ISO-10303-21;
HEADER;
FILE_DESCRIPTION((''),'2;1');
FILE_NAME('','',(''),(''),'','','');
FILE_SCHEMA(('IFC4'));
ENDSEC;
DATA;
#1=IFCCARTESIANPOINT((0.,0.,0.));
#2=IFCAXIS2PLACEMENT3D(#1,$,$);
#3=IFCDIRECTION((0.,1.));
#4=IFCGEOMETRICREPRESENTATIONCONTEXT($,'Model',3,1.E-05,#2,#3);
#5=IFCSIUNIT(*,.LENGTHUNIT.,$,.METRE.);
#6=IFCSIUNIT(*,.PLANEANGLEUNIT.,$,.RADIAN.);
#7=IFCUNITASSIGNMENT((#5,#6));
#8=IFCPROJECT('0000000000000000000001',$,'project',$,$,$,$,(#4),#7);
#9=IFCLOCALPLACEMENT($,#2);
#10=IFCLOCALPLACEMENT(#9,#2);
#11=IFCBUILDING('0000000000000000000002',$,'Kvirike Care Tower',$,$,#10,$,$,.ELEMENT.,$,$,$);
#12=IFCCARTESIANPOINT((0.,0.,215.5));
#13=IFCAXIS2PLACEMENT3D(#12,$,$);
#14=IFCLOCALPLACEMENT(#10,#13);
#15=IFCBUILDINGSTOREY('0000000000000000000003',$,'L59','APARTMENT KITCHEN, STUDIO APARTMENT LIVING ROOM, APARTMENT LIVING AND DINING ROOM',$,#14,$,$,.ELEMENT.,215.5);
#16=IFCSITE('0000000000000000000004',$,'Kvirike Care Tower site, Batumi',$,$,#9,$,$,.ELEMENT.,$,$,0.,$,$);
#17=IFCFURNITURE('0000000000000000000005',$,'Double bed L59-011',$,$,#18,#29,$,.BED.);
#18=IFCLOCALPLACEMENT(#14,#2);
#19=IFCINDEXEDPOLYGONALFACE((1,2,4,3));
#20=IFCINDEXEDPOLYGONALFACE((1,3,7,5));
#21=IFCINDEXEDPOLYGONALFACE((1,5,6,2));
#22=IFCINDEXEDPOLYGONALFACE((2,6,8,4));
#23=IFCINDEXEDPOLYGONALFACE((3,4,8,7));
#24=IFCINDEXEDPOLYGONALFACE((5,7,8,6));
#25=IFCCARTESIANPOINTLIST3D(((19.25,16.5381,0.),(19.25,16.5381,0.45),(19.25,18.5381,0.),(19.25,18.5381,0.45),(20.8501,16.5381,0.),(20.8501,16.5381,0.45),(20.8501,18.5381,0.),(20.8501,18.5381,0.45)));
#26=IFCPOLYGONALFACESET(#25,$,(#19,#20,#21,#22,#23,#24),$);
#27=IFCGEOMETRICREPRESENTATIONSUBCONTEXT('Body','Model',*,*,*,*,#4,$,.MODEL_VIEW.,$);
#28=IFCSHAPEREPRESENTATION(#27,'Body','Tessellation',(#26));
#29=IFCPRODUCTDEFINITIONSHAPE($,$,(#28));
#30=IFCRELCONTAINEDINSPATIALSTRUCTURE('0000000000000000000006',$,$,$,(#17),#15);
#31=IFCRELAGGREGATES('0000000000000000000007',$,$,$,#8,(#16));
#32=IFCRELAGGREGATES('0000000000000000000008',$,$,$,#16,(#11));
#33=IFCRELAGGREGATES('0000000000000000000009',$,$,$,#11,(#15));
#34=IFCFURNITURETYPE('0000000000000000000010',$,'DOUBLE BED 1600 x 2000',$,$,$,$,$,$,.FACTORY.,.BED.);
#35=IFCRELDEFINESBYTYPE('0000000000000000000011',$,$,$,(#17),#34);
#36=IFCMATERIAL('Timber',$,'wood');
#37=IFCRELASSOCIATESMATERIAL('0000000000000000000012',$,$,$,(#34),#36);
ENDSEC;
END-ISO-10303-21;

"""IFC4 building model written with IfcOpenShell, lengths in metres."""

from ifc_helpers import new_model, si_unit, direction, frame, origin, origin_2d, place, context, subcontext, project, spatial, rectangle, extrude, material, type_object, element, save


model = new_model("IFC4")

# Units and contexts
model_context = context("Model", 3, precision=1e-05, world=origin(), true_north=direction((0.0, 1.0)))
body_context = subcontext(model_context, "Body", "Model", "MODEL_VIEW")
ifc_project = project(units=[si_unit("LENGTHUNIT", "METRE"), si_unit("PLANEANGLEUNIT", "RADIAN")], contexts=[model_context])

# Site, building, storey
site_placement = place(None, origin())
site = spatial("IfcSite", under=ifc_project, at=site_placement, Name="Kvirike Care Tower site, Batumi", CompositionType="ELEMENT", RefElevation=0.0)
building_placement = place(site_placement, origin())
building = spatial("IfcBuilding", under=site, at=building_placement, Name="Kvirike Care Tower", CompositionType="ELEMENT")
storey_placement = place(building_placement, frame((0.0, 0.0, 215.5)))
storey = spatial("IfcBuildingStorey", under=building, at=storey_placement, Name="L59", Description="APARTMENT KITCHEN, STUDIO APARTMENT LIVING ROOM, APARTMENT LIVING AND DINING ROOM", CompositionType="ELEMENT", Elevation=215.5)

# Furniture
ifc_material_1 = material(Name="Timber", Category="wood")
furniture_type = type_object("IfcFurnitureType", Name="DOUBLE BED 1600 x 2000", AssemblyPlace="FACTORY", PredefinedType="BED", material=ifc_material_1)
furniture_placement = place(storey_placement, frame((20.05, 17.5381, 0.0), z_axis=(0.0, 0.0, 1.0), x_axis=(1.0, 0.0, 0.0)))
element("IfcFurniture", 1, at=furniture_placement, inside=storey, type_object=furniture_type, Name="Double bed L59-011", PredefinedType="BED", context=body_context, shape_type="SweptSolid", body=[
    extrude(rectangle(XDim=1.6001, YDim=2.0, at=origin_2d()), origin(), (0.0, 0.0, 1.0), 0.45),
])

save(model, "model.ifc")
